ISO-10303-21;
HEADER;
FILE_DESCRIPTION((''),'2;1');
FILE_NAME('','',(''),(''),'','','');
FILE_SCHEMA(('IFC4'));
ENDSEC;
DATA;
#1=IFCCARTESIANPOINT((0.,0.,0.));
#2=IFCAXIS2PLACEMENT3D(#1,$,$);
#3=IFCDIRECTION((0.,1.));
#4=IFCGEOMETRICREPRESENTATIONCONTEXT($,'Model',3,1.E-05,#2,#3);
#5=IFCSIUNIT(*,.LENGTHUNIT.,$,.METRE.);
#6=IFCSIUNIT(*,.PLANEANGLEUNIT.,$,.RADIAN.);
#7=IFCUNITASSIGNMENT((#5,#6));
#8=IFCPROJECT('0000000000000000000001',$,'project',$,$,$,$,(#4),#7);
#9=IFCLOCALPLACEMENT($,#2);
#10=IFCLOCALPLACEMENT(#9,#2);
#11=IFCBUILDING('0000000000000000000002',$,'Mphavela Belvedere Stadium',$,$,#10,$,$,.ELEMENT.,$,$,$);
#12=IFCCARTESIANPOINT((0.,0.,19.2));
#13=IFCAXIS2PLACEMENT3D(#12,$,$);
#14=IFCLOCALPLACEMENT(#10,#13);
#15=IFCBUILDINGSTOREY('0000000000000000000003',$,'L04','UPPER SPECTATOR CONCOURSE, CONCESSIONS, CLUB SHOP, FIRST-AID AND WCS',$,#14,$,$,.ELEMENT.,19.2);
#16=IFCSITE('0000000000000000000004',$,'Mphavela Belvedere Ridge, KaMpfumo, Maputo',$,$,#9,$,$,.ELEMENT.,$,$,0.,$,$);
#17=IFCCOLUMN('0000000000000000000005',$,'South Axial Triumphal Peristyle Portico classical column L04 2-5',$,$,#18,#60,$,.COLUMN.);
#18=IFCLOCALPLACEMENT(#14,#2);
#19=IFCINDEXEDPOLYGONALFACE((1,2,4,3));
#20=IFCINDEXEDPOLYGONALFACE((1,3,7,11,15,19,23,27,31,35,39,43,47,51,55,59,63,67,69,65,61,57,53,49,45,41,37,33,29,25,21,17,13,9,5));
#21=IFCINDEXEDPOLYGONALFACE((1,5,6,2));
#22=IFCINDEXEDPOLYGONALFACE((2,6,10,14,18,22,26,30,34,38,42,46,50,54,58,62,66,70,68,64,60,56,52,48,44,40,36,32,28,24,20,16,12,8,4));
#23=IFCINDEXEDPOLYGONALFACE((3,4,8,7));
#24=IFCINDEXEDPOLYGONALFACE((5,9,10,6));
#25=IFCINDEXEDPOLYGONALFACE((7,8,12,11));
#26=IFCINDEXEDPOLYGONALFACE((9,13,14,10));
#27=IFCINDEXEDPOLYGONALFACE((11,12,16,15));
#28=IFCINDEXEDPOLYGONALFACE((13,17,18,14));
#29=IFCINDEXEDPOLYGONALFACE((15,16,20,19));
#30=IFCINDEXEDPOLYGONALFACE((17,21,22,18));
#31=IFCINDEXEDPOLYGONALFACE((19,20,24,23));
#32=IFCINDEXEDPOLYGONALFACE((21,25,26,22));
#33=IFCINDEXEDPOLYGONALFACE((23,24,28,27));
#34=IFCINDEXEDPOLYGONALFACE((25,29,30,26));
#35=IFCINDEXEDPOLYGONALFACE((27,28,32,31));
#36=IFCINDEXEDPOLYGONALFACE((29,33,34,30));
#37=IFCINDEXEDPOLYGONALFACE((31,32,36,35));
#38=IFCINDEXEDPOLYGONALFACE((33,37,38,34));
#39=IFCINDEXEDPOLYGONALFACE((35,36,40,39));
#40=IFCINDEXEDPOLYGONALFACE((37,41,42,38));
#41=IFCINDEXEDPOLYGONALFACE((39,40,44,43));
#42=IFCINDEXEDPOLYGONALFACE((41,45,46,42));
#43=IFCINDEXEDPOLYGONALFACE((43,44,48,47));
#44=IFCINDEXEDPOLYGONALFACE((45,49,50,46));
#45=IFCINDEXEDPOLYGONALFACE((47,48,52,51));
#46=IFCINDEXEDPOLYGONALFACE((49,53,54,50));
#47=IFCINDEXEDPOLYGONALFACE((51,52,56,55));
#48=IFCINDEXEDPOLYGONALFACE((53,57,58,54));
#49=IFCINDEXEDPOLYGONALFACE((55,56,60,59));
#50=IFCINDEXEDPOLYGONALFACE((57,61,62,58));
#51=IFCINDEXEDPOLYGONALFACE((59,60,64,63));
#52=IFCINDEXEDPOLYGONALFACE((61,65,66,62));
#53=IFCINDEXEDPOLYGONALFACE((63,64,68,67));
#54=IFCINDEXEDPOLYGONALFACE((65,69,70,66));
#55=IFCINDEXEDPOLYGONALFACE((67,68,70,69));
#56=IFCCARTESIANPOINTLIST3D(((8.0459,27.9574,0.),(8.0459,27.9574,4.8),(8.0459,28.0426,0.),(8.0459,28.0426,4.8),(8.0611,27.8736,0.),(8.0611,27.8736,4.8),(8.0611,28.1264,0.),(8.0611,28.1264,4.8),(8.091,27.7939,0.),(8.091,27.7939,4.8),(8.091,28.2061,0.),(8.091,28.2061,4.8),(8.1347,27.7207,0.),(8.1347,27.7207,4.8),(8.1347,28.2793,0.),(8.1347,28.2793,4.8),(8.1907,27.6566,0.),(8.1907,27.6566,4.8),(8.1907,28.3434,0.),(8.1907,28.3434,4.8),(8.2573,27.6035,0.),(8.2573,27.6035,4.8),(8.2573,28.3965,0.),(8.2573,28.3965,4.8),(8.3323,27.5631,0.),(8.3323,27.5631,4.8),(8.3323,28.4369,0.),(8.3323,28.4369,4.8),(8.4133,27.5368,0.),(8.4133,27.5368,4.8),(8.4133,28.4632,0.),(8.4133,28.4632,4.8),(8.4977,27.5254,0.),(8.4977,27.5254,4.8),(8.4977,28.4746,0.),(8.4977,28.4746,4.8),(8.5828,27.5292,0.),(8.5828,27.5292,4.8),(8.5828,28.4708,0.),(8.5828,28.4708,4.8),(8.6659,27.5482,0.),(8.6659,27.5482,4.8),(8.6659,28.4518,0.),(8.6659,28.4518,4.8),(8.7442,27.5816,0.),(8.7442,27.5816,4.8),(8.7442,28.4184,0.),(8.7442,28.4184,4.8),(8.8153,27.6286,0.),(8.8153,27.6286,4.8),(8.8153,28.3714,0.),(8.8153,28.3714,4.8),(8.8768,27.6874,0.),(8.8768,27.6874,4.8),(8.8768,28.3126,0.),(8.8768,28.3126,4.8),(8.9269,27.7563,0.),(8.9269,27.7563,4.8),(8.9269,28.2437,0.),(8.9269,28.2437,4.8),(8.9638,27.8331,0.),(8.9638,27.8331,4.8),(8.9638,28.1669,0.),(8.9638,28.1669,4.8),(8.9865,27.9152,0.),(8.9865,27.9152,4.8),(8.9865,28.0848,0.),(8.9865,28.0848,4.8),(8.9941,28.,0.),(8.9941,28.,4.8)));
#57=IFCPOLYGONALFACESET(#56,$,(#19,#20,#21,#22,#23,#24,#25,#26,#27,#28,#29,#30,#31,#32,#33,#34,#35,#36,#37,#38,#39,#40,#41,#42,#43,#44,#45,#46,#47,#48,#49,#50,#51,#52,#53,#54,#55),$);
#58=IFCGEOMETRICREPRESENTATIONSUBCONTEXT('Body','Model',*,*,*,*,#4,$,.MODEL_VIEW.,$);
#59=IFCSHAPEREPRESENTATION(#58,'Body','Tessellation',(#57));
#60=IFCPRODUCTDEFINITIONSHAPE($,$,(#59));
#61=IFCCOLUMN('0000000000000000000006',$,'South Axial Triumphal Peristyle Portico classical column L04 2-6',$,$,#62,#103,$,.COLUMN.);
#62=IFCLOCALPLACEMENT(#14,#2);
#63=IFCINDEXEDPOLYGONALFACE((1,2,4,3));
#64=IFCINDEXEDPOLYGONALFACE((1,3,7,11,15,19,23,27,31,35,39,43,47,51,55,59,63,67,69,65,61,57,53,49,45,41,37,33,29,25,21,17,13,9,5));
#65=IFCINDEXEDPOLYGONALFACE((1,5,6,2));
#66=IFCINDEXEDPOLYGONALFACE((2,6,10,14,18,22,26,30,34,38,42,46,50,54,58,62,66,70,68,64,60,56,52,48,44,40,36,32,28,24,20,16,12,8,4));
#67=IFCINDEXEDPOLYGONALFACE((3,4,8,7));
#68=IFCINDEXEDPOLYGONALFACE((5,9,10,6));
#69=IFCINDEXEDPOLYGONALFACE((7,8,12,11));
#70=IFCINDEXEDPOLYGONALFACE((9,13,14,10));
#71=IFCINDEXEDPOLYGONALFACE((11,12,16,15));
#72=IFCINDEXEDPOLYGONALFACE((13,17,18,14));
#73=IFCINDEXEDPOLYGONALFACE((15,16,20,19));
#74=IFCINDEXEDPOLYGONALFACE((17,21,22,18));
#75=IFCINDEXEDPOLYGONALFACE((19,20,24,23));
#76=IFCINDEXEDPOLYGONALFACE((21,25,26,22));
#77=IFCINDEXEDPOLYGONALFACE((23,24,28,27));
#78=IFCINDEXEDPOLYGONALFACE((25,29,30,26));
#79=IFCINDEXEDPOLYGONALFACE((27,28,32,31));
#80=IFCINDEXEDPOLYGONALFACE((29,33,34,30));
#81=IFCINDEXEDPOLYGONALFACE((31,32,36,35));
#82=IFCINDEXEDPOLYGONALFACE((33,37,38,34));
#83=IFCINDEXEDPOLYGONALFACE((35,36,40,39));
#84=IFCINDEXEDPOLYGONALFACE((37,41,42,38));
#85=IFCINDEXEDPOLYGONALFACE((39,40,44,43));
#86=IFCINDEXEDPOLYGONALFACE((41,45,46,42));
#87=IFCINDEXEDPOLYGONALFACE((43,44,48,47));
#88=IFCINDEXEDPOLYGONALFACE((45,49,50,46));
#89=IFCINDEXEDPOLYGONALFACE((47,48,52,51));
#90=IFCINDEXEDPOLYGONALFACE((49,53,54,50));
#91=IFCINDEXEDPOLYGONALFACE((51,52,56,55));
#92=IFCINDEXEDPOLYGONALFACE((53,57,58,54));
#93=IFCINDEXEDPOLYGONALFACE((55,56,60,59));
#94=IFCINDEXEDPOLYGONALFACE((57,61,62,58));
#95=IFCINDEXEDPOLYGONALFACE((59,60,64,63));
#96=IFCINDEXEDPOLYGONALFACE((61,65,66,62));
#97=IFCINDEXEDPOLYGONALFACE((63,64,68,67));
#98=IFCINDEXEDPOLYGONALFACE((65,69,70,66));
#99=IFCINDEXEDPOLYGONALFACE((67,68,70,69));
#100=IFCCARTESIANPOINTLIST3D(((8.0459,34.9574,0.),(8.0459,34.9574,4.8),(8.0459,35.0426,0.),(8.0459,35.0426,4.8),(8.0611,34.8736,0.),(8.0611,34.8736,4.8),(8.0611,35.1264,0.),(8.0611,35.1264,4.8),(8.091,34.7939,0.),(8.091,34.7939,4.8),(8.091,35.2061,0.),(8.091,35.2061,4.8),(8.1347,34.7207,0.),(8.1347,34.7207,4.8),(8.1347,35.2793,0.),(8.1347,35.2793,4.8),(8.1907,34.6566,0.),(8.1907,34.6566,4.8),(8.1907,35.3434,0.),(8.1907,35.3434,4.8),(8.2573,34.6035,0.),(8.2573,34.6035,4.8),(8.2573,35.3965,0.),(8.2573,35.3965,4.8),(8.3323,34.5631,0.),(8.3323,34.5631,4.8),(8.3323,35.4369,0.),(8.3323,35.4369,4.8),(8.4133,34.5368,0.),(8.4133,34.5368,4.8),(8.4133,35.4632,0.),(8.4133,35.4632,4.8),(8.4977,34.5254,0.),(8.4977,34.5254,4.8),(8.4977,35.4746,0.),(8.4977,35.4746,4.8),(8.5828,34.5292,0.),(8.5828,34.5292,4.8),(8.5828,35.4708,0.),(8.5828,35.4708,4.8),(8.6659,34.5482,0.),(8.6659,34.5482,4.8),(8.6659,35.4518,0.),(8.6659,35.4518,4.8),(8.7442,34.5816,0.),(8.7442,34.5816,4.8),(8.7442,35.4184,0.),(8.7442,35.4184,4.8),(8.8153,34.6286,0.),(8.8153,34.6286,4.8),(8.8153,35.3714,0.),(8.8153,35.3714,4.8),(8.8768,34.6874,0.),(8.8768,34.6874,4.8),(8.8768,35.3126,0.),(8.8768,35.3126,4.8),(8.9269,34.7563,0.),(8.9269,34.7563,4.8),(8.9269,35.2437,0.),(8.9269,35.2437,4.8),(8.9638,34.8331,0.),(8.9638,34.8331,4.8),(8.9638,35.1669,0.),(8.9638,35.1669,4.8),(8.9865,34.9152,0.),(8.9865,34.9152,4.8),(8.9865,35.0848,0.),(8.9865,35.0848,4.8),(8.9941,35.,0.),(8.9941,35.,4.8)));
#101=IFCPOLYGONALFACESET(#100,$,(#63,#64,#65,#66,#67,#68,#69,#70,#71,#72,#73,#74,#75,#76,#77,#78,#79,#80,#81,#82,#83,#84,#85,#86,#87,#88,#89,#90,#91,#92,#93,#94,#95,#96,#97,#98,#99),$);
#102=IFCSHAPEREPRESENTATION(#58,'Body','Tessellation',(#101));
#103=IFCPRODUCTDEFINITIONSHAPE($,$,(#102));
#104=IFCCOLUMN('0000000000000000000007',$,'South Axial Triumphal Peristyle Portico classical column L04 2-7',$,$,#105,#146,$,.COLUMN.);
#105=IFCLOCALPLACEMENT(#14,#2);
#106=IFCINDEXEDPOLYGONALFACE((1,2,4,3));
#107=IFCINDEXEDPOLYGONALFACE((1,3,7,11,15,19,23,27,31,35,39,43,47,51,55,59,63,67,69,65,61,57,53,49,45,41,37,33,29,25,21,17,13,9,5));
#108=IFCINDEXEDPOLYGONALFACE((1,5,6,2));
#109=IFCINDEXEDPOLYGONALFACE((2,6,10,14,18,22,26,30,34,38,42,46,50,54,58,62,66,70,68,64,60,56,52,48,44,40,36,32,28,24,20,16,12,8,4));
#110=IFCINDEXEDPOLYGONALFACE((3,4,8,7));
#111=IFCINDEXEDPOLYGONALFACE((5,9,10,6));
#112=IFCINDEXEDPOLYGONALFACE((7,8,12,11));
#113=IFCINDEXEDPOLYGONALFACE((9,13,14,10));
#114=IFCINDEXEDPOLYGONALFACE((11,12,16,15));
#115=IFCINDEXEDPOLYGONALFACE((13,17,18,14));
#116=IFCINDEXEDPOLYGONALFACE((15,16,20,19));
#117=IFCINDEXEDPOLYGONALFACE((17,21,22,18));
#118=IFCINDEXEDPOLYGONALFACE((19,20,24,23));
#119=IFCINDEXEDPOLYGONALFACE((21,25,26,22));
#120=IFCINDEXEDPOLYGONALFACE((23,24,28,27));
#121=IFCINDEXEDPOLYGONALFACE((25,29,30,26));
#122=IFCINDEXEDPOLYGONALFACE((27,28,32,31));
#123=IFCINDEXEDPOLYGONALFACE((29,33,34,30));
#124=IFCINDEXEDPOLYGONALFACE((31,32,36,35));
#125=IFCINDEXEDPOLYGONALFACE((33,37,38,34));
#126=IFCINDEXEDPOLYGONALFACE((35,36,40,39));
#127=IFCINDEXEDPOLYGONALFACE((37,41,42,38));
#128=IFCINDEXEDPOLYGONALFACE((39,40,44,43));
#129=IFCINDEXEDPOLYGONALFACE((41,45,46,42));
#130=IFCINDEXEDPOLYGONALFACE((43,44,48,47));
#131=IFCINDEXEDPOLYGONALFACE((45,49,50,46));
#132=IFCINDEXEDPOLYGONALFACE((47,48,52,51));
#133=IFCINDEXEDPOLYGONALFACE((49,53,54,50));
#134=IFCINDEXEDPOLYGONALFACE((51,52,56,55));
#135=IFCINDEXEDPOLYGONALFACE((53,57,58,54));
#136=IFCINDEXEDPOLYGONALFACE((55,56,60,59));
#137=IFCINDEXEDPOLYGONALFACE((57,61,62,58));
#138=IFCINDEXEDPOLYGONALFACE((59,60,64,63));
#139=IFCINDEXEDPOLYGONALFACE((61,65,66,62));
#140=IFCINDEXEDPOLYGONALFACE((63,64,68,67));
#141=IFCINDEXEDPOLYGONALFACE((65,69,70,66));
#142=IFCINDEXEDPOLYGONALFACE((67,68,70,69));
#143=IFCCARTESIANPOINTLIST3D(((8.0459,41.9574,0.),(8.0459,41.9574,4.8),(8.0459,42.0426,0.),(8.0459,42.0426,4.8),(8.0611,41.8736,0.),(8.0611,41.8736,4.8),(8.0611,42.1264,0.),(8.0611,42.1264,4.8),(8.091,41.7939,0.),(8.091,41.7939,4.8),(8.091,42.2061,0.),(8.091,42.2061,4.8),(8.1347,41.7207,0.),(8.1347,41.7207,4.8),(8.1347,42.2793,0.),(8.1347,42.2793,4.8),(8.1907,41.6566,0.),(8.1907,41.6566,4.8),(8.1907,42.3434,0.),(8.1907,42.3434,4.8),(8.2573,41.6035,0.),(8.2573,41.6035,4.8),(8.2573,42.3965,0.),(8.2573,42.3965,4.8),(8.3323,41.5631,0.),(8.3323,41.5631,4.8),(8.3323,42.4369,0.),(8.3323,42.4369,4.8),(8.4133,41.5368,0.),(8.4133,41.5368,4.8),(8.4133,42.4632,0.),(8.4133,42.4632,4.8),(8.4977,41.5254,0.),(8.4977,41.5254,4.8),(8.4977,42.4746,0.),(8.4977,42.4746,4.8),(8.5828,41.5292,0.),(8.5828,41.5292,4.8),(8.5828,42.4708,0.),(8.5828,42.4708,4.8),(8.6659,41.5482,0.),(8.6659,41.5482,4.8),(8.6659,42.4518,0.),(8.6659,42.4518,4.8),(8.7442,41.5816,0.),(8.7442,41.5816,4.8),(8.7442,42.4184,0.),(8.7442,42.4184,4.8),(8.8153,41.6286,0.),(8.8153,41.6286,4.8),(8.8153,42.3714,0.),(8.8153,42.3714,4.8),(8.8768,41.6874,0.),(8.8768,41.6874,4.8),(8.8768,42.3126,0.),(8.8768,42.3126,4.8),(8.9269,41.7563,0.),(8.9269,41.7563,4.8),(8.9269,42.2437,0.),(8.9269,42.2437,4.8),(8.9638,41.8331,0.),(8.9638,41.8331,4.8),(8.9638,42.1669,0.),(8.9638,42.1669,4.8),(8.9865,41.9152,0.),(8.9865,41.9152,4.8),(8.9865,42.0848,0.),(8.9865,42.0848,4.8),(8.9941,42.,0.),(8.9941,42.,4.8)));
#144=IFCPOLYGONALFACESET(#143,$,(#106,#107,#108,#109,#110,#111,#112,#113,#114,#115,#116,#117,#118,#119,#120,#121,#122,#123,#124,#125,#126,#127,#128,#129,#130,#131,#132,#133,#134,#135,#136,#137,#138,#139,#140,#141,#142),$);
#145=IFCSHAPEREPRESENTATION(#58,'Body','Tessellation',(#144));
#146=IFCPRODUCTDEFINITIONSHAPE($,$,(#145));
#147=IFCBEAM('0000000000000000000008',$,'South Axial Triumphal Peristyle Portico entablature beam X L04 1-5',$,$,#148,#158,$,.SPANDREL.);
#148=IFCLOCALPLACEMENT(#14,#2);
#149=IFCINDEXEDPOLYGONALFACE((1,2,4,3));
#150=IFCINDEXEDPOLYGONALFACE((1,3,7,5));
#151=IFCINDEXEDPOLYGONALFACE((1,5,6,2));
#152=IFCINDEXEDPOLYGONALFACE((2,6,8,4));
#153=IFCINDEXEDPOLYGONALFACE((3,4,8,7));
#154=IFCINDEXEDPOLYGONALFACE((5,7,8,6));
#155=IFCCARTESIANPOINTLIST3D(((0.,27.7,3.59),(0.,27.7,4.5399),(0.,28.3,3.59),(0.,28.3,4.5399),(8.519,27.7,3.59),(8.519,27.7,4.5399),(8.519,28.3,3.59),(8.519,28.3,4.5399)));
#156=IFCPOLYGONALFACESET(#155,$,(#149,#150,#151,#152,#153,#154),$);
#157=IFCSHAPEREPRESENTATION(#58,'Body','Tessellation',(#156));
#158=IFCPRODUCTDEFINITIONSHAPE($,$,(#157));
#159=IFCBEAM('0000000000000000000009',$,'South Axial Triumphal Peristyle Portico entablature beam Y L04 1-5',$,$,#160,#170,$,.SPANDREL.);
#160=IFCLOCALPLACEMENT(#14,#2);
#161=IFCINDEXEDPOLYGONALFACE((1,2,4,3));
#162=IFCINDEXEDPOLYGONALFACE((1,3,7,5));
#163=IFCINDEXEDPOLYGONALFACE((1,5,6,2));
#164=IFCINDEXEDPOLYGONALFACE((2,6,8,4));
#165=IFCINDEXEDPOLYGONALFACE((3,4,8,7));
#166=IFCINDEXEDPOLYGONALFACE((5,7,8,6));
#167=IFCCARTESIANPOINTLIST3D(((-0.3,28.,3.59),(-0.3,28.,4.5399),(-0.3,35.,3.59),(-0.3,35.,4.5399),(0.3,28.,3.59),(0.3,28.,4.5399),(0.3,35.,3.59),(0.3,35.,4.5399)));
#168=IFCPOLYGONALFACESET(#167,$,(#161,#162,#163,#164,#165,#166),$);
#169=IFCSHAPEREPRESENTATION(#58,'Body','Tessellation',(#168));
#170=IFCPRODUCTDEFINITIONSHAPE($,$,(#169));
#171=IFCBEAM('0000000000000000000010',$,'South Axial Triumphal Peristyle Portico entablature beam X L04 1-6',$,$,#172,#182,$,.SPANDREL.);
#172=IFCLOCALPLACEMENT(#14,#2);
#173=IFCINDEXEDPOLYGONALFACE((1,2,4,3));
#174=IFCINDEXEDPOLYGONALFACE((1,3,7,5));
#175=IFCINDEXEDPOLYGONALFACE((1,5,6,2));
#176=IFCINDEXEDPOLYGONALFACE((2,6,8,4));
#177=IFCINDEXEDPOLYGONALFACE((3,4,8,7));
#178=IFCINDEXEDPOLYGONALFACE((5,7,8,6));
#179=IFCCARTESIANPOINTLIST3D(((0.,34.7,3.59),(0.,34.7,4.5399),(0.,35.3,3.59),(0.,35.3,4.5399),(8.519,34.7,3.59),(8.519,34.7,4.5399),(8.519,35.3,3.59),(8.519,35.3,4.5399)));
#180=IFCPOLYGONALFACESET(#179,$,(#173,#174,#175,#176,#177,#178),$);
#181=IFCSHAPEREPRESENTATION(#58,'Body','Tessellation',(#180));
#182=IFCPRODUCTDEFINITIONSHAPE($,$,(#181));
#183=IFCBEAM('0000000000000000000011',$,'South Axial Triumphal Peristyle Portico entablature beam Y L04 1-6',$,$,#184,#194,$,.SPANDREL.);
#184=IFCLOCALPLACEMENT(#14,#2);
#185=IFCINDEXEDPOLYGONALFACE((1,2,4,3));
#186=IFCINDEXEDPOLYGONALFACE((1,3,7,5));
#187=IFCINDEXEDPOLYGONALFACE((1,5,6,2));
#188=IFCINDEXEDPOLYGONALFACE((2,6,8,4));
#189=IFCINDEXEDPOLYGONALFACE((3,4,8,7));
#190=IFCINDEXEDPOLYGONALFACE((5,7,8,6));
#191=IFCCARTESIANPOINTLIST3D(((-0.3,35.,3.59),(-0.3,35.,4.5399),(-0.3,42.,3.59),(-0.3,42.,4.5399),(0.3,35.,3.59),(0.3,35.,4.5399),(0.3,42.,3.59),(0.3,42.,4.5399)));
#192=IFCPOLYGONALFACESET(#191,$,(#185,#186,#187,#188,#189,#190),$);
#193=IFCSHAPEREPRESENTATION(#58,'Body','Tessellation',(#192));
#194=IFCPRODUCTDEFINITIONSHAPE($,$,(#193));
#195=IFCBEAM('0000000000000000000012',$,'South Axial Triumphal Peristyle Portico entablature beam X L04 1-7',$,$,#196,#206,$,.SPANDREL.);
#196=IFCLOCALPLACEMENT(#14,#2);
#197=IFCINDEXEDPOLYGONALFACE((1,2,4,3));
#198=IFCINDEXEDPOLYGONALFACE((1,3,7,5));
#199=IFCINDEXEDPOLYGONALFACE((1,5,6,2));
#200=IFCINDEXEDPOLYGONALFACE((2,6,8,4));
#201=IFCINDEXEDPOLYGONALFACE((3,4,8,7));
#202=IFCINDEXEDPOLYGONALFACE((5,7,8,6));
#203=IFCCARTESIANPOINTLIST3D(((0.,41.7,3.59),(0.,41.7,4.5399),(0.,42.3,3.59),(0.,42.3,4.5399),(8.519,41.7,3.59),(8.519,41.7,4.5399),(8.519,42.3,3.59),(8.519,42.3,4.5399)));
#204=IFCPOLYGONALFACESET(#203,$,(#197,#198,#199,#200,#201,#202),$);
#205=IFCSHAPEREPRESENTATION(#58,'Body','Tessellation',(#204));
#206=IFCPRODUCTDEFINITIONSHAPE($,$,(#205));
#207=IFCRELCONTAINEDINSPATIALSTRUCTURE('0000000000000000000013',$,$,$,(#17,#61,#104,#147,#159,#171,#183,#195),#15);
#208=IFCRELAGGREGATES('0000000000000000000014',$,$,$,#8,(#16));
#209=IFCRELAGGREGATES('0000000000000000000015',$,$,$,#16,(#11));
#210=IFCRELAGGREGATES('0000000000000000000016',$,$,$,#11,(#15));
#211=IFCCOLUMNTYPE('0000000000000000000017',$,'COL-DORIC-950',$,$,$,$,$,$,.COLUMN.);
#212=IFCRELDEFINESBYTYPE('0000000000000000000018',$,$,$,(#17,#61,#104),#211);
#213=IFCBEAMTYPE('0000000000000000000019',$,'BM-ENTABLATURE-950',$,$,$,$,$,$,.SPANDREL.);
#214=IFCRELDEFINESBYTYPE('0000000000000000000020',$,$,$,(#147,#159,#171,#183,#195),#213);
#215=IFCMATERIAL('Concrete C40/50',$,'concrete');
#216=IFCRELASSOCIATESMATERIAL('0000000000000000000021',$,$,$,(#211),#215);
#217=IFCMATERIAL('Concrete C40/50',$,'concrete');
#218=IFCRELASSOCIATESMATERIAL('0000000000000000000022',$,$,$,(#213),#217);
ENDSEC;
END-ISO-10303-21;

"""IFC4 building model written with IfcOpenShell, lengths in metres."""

from ifc_helpers import new_model, si_unit, direction, frame, origin, origin_2d, place, context, subcontext, project, spatial, rectangle, circle, extrude, material, material_profile, profile_set, type_object, element, save


model = new_model("IFC4")

# Units and contexts
model_context = context("Model", 3, precision=1e-05, world=origin(), true_north=direction((0.0, 1.0)))
body_context = subcontext(model_context, "Body", "Model", "MODEL_VIEW")
ifc_project = project(units=[si_unit("LENGTHUNIT", "METRE"), si_unit("PLANEANGLEUNIT", "RADIAN")], contexts=[model_context])

# Site, building, storey
site_placement = place(None, origin())
site = spatial("IfcSite", under=ifc_project, at=site_placement, Name="Mphavela Belvedere Ridge, KaMpfumo, Maputo", CompositionType="ELEMENT", RefElevation=0.0)
building_placement = place(site_placement, origin())
building = spatial("IfcBuilding", under=site, at=building_placement, Name="Mphavela Belvedere Stadium", CompositionType="ELEMENT")
storey_placement = place(building_placement, frame((0.0, 0.0, 19.2)))
storey = spatial("IfcBuildingStorey", under=building, at=storey_placement, Name="L04", Description="UPPER SPECTATOR CONCOURSE, CONCESSIONS, CLUB SHOP, FIRST-AID AND WCS", CompositionType="ELEMENT", Elevation=19.2)

# Columns
ifc_material_1 = material(Name="Concrete C40/50", Category="concrete")
ifc_material_profile_1 = material_profile(ifc_material_1, circle(Radius=0.4751, at=origin_2d()), Name="COL D950")
ifc_profile_set_1 = profile_set([ifc_material_profile_1], Name="Concrete C40/50")
column_type = type_object("IfcColumnType", Name="COL-DORIC-950", PredefinedType="COLUMN", material=ifc_profile_set_1)
for number, where, z_axis, x_axis, name in (
    (1, (8.519, 28.0, 0.0), (0.0, 0.0, 1.0), (1.0, 0.0, 0.0), "South Axial Triumphal Peristyle Portico classical column L04 2-5"),
    (2, (8.519, 35.0, 0.0), (0.0, 0.0, 1.0), (1.0, 0.0, 0.0), "South Axial Triumphal Peristyle Portico classical column L04 2-6"),
    (3, (8.519, 42.0, 0.0), (0.0, 0.0, 1.0), (1.0, 0.0, 0.0), "South Axial Triumphal Peristyle Portico classical column L04 2-7"),
):
    element("IfcColumn", number, at=place(storey_placement, frame(where, z_axis=z_axis, x_axis=x_axis)), inside=storey, type_object=column_type, Name=name, PredefinedType="COLUMN", context=body_context, shape_type="SweptSolid", body=[
        extrude(circle(Radius=0.4751, at=origin_2d()), origin(), (0.0, 0.0, 1.0), 4.8),
    ])

# Beams
ifc_material_2 = material(Name="Concrete C40/50", Category="concrete")
ifc_material_profile_2 = material_profile(ifc_material_2, rectangle(XDim=0.6001, YDim=0.95, at=origin_2d()), Name="RC 600x950")
ifc_profile_set_2 = profile_set([ifc_material_profile_2], Name="Concrete C40/50")
beam_type_1 = type_object("IfcBeamType", Name="BM-ENTABLATURE-950", PredefinedType="SPANDREL", material=ifc_profile_set_2)
beam_1_placement = place(storey_placement, frame((0.0, 28.0, 4.0649), z_axis=(1.0, 0.0, 0.0), x_axis=(0.0, 1.0, 0.0)))
element("IfcBeam", 4, at=beam_1_placement, inside=storey, type_object=beam_type_1, Name="South Axial Triumphal Peristyle Portico entablature beam X L04 1-5", PredefinedType="SPANDREL", context=body_context, shape_type="SweptSolid", body=[
    extrude(rectangle(XDim=0.6001, YDim=0.95, at=origin_2d()), origin(), (0.0, 0.0, 1.0), 8.519),
])
beam_2_placement = place(storey_placement, frame((0.0, 28.0, 4.0649), z_axis=(0.0, 1.0, 0.0), x_axis=(-1.0, 0.0, 0.0)))
element("IfcBeam", 5, at=beam_2_placement, inside=storey, type_object=beam_type_1, Name="South Axial Triumphal Peristyle Portico entablature beam Y L04 1-5", PredefinedType="SPANDREL", context=body_context, shape_type="SweptSolid", body=[
    extrude(rectangle(XDim=0.6001, YDim=0.95, at=origin_2d()), origin(), (0.0, 0.0, 1.0), 7.0),
])
beam_3_placement = place(storey_placement, frame((0.0, 35.0, 4.0649), z_axis=(1.0, 0.0, 0.0), x_axis=(0.0, 1.0, 0.0)))
element("IfcBeam", 6, at=beam_3_placement, inside=storey, type_object=beam_type_1, Name="South Axial Triumphal Peristyle Portico entablature beam X L04 1-6", PredefinedType="SPANDREL", context=body_context, shape_type="SweptSolid", body=[
    extrude(rectangle(XDim=0.6001, YDim=0.95, at=origin_2d()), origin(), (0.0, 0.0, 1.0), 8.519),
])
beam_4_placement = place(storey_placement, frame((0.0, 35.0, 4.0649), z_axis=(0.0, 1.0, 0.0), x_axis=(-1.0, 0.0, 0.0)))
element("IfcBeam", 7, at=beam_4_placement, inside=storey, type_object=beam_type_1, Name="South Axial Triumphal Peristyle Portico entablature beam Y L04 1-6", PredefinedType="SPANDREL", context=body_context, shape_type="SweptSolid", body=[
    extrude(rectangle(XDim=0.6001, YDim=0.95, at=origin_2d()), origin(), (0.0, 0.0, 1.0), 7.0),
])
beam_5_placement = place(storey_placement, frame((0.0, 42.0, 4.0649), z_axis=(1.0, 0.0, 0.0), x_axis=(0.0, 1.0, 0.0)))
element("IfcBeam", 8, at=beam_5_placement, inside=storey, type_object=beam_type_1, Name="South Axial Triumphal Peristyle Portico entablature beam X L04 1-7", PredefinedType="SPANDREL", context=body_context, shape_type="SweptSolid", body=[
    extrude(rectangle(XDim=0.6001, YDim=0.95, at=origin_2d()), origin(), (0.0, 0.0, 1.0), 8.519),
])

save(model, "model.ifc")
